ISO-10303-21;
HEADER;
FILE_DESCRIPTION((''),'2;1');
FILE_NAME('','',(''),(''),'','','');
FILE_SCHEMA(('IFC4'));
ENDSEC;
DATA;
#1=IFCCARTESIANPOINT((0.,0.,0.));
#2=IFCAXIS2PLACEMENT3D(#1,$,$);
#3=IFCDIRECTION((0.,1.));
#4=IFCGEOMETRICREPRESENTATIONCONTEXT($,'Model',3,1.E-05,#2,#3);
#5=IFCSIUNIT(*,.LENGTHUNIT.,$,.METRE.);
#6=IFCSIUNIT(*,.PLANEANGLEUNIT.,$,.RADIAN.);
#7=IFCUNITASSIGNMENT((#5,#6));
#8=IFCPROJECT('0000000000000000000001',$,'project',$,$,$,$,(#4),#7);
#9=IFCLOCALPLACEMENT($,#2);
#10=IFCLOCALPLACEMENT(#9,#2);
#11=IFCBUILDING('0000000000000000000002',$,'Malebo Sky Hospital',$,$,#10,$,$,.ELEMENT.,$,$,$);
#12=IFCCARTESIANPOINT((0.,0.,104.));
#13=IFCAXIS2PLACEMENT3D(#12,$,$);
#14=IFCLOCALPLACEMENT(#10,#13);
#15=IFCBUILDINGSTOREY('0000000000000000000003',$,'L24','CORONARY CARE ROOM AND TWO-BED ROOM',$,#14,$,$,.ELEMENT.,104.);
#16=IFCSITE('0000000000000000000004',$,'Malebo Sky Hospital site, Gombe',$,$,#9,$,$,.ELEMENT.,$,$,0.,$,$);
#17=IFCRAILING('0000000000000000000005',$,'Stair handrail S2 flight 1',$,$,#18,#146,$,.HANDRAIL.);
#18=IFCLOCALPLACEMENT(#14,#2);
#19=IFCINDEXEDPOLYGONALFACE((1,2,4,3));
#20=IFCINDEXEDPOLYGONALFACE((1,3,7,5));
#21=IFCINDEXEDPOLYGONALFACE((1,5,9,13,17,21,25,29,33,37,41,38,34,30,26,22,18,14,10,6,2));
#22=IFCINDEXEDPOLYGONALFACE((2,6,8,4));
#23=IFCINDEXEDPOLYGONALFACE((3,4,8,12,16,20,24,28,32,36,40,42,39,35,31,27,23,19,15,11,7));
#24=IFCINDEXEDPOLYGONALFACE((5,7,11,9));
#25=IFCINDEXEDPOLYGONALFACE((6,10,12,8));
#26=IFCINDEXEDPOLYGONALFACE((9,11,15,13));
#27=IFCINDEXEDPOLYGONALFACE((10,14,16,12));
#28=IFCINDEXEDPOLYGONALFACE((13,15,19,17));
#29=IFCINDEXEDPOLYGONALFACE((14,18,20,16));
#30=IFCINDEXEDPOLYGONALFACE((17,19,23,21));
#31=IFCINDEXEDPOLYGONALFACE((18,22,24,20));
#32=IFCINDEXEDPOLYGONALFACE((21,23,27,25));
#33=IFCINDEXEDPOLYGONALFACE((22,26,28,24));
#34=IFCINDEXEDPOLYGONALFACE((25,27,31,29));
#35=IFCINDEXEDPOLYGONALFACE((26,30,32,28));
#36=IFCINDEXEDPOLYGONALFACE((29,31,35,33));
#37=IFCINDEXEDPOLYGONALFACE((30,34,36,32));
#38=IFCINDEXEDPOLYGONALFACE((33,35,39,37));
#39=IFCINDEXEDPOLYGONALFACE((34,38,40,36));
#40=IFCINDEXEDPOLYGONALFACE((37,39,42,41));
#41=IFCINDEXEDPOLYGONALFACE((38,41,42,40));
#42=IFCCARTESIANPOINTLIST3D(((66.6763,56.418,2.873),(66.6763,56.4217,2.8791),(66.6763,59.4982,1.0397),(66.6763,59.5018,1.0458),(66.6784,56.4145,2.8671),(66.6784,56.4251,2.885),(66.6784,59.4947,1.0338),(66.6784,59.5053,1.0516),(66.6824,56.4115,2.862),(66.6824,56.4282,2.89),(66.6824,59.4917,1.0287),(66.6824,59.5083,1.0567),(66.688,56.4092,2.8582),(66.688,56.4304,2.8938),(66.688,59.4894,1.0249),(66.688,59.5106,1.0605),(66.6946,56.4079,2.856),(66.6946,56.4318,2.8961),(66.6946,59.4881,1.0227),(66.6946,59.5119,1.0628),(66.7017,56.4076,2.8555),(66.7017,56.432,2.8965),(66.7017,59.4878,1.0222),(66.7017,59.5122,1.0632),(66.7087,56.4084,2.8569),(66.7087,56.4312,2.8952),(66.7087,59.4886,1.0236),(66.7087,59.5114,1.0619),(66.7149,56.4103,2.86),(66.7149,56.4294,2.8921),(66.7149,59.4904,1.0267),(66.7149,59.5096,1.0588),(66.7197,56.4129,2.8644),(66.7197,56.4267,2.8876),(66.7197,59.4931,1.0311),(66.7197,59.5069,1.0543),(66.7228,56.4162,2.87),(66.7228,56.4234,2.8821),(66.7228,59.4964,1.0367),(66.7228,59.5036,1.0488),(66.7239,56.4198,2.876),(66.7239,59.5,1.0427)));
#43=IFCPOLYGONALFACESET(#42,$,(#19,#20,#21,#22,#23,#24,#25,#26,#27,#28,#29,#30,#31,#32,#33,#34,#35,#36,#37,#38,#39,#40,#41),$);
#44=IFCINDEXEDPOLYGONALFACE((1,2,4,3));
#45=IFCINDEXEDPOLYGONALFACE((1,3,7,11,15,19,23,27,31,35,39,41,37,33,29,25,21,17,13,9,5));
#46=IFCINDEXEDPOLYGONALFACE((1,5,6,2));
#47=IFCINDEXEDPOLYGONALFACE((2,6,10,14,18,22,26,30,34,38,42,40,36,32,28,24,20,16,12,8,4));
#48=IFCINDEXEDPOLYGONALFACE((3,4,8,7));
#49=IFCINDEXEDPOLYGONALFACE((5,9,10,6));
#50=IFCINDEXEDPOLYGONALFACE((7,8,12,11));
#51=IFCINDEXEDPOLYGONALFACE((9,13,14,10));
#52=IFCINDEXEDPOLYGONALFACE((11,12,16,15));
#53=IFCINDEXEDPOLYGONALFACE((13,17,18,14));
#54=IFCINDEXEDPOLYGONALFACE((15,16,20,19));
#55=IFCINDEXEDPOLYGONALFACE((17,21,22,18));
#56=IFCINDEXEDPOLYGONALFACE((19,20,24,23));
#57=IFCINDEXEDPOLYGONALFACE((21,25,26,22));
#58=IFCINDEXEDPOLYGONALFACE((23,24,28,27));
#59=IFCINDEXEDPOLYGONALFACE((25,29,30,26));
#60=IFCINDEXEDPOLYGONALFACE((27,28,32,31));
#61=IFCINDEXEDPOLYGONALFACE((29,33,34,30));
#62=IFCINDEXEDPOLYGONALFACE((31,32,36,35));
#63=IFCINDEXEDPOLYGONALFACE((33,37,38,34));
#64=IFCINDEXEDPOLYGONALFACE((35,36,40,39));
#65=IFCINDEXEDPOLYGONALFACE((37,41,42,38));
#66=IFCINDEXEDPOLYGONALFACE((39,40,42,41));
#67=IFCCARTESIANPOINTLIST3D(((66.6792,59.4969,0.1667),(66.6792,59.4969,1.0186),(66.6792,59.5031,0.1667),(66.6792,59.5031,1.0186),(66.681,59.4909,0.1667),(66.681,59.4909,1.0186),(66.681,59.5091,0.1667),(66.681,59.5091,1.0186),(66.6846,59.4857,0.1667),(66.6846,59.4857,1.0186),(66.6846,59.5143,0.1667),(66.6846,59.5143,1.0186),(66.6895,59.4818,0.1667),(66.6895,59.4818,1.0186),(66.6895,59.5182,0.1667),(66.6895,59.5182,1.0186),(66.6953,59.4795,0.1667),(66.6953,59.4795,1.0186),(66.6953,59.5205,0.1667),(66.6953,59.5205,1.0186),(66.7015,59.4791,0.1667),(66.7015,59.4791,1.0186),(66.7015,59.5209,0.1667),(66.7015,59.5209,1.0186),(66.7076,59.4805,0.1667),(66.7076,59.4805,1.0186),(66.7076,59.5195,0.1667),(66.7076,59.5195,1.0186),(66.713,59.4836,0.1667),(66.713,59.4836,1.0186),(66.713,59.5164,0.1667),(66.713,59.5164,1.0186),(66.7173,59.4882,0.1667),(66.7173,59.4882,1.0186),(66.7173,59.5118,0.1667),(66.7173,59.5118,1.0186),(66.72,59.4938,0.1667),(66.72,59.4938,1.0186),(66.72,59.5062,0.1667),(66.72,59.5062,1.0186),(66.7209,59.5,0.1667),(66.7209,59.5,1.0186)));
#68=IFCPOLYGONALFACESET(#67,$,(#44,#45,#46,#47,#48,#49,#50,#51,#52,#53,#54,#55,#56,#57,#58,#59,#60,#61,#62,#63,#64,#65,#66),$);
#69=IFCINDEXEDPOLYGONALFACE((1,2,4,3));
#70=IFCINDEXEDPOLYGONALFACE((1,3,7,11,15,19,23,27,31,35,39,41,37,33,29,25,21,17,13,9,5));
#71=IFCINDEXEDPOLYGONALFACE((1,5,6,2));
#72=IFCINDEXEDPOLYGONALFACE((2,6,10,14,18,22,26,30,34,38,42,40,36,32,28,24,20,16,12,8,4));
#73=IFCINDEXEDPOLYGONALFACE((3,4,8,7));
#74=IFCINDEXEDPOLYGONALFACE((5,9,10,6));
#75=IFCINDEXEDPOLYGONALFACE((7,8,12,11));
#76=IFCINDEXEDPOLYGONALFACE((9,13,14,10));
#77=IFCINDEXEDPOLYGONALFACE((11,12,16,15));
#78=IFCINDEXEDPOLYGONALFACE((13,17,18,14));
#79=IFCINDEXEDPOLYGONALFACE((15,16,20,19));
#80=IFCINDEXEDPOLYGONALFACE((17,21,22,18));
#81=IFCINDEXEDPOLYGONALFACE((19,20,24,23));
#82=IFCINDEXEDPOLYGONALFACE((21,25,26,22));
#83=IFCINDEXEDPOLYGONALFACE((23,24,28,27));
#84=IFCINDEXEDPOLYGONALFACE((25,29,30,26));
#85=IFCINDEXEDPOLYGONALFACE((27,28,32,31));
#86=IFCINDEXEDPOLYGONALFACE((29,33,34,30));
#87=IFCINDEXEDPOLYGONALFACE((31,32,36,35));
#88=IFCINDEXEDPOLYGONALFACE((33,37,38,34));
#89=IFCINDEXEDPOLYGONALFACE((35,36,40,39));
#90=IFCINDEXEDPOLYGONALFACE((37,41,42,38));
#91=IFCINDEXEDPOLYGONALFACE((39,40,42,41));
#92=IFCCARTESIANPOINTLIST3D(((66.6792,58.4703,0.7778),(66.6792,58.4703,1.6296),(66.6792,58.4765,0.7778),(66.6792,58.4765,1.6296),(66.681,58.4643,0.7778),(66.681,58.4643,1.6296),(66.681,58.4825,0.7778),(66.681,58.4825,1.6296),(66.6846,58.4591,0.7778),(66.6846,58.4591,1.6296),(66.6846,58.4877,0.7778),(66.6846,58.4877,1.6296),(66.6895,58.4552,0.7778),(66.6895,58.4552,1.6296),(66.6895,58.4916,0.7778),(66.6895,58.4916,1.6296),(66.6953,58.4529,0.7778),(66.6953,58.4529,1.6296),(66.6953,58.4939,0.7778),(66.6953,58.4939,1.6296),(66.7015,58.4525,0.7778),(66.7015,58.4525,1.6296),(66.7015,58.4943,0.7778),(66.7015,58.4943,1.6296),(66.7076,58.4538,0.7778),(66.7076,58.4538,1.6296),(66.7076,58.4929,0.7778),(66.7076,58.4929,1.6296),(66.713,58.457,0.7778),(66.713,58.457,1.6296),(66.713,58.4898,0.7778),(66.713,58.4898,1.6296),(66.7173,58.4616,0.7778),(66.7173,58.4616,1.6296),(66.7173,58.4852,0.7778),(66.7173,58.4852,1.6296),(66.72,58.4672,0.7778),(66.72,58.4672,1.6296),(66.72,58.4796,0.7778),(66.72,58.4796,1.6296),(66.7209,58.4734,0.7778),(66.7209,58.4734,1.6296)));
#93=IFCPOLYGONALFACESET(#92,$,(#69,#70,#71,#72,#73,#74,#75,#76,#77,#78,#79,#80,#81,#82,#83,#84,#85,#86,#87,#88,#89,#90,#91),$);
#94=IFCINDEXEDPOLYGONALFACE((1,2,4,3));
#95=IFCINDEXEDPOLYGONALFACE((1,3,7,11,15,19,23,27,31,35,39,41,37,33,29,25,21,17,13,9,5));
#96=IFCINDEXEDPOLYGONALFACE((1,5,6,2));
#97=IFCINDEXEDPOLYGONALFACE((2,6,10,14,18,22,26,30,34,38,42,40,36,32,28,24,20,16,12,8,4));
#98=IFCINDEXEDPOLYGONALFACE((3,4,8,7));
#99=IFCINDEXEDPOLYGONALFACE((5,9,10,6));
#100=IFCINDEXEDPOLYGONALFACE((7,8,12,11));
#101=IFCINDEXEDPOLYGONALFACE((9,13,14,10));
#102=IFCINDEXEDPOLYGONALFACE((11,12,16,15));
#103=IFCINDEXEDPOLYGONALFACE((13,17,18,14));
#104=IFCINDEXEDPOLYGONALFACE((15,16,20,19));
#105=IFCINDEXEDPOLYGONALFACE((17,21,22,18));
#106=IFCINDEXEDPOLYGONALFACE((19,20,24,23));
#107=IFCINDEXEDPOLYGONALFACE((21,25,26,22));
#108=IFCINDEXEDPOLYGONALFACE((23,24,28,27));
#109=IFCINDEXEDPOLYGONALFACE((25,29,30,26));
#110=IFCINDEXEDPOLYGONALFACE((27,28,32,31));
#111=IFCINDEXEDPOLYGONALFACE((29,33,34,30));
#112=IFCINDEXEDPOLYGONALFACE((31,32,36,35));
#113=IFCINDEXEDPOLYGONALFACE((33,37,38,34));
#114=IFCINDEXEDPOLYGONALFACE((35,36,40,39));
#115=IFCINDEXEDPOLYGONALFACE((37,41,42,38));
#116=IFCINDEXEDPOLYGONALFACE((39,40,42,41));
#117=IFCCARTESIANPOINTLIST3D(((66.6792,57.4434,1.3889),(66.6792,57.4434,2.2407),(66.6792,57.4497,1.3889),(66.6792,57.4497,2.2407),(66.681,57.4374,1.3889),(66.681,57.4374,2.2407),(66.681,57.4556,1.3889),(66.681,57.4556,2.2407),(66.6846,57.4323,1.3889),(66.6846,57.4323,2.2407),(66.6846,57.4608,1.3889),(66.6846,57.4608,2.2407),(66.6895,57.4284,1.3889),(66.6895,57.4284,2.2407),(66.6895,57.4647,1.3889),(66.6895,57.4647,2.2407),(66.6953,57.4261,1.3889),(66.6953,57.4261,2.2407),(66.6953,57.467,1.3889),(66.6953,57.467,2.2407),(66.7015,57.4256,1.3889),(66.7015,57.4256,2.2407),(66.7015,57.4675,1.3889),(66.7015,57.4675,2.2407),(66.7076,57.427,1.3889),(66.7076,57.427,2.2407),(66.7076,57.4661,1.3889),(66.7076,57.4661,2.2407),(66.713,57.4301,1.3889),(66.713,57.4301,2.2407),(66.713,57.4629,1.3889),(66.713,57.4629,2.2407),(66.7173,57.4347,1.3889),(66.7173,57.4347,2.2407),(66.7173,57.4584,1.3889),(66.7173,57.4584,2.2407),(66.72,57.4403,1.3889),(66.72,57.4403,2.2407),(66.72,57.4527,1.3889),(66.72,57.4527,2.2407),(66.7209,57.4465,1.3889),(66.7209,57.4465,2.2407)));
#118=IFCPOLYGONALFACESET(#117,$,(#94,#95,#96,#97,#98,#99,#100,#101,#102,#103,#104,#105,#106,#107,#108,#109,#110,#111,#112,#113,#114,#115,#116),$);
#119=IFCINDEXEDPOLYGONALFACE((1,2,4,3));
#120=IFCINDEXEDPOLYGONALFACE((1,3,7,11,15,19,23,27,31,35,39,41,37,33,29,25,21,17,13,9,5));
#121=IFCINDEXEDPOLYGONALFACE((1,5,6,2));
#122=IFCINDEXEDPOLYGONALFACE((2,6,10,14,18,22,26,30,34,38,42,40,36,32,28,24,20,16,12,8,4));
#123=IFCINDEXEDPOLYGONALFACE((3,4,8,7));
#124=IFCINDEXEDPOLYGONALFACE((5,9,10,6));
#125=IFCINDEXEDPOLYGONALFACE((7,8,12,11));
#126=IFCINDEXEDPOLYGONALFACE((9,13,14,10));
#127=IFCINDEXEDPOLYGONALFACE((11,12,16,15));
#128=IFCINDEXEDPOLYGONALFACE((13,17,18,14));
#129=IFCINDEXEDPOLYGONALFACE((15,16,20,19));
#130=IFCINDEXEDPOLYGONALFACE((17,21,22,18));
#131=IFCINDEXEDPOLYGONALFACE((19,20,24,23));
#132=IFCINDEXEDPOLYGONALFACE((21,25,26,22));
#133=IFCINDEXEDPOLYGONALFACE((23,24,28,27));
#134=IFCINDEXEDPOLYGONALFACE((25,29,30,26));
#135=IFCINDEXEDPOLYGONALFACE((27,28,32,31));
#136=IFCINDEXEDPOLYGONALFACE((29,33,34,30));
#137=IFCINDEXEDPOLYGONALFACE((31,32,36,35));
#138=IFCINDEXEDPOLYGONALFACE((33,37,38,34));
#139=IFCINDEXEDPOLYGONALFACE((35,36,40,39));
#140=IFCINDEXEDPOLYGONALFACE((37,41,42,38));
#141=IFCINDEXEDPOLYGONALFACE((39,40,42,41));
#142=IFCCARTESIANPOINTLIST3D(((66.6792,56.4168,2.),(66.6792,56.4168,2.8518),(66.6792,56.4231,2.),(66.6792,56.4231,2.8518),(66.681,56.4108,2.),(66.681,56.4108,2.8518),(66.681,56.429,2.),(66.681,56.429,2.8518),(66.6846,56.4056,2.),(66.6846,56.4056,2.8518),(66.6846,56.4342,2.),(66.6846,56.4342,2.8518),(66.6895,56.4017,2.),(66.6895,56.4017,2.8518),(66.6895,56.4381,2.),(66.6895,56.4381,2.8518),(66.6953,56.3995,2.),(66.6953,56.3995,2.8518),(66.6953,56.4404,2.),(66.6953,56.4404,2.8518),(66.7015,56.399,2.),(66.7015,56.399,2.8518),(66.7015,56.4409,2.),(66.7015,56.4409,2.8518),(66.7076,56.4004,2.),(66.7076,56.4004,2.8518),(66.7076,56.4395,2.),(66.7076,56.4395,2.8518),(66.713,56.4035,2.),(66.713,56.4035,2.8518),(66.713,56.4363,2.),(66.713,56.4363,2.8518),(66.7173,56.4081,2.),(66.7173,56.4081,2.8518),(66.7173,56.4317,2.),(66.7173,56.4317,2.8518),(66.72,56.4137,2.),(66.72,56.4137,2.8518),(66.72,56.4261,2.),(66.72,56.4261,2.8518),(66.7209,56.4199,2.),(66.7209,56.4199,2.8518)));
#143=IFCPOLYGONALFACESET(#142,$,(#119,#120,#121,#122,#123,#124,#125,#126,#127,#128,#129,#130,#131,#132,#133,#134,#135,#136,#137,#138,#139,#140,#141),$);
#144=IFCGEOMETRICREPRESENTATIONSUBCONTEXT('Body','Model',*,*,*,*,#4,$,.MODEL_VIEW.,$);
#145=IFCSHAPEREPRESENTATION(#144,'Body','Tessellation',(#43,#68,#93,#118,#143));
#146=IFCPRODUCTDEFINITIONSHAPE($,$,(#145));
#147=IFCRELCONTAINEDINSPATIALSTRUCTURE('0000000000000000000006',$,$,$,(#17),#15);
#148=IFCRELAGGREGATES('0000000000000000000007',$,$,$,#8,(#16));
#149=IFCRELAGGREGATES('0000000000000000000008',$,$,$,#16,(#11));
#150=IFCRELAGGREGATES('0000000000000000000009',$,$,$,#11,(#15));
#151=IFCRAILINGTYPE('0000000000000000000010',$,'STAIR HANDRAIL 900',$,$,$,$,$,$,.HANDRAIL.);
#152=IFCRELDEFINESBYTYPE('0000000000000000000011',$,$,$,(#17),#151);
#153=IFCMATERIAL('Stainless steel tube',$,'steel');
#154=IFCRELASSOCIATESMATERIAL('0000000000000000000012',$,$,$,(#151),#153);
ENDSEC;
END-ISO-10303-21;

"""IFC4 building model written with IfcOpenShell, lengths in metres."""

from ifc_helpers import new_model, si_unit, direction, frame, origin, origin_2d, place, context, subcontext, project, spatial, circle, extrude, material, type_object, element, save


model = new_model("IFC4")

# Units and contexts
model_context = context("Model", 3, precision=1e-05, world=origin(), true_north=direction((0.0, 1.0)))
body_context = subcontext(model_context, "Body", "Model", "MODEL_VIEW")
ifc_project = project(units=[si_unit("LENGTHUNIT", "METRE"), si_unit("PLANEANGLEUNIT", "RADIAN")], contexts=[model_context])

# Site, building, storey
site_placement = place(None, origin())
site = spatial("IfcSite", under=ifc_project, at=site_placement, Name="Malebo Sky Hospital site, Gombe", CompositionType="ELEMENT", RefElevation=0.0)
building_placement = place(site_placement, origin())
building = spatial("IfcBuilding", under=site, at=building_placement, Name="Malebo Sky Hospital", CompositionType="ELEMENT")
storey_placement = place(building_placement, frame((0.0, 0.0, 104.0)))
storey = spatial("IfcBuildingStorey", under=building, at=storey_placement, Name="L24", Description="CORONARY CARE ROOM AND TWO-BED ROOM", CompositionType="ELEMENT", Elevation=104.0)

# Railing
ifc_material_1 = material(Name="Stainless steel tube", Category="steel")
railing_type = type_object("IfcRailingType", Name="STAIR HANDRAIL 900", PredefinedType="HANDRAIL", material=ifc_material_1)
railing_1_placement = place(storey_placement, frame((66.7, 59.5, 0.1667)))
element("IfcRailing", 1, at=railing_1_placement, inside=storey, type_object=railing_type, Name="Stair handrail S2 flight 1", PredefinedType="HANDRAIL", context=body_context, shape_type="SweptSolid", body=[
    extrude(circle(Radius=0.0239, at=origin_2d()), frame((0.0, 0.0, 0.876), z_axis=(0.0, -0.859309, 0.511458), x_axis=(1.0, 0.0, 0.0)), (0.0, 0.0, 1.0), 3.5845),
    extrude(circle(Radius=0.021, at=origin_2d()), origin(), (0.0, 0.0, 1.0), 0.8518),
    extrude(circle(Radius=0.021, at=origin_2d()), frame((0.0, -1.0266, 0.6111)), (0.0, 0.0, 1.0), 0.8518),
    extrude(circle(Radius=0.021, at=origin_2d()), frame((0.0, -2.0535, 1.2222)), (0.0, 0.0, 1.0), 0.8518),
    extrude(circle(Radius=0.021, at=origin_2d()), frame((0.0, -3.0801, 1.8333)), (0.0, 0.0, 1.0), 0.8518),
])

save(model, "model.ifc")
